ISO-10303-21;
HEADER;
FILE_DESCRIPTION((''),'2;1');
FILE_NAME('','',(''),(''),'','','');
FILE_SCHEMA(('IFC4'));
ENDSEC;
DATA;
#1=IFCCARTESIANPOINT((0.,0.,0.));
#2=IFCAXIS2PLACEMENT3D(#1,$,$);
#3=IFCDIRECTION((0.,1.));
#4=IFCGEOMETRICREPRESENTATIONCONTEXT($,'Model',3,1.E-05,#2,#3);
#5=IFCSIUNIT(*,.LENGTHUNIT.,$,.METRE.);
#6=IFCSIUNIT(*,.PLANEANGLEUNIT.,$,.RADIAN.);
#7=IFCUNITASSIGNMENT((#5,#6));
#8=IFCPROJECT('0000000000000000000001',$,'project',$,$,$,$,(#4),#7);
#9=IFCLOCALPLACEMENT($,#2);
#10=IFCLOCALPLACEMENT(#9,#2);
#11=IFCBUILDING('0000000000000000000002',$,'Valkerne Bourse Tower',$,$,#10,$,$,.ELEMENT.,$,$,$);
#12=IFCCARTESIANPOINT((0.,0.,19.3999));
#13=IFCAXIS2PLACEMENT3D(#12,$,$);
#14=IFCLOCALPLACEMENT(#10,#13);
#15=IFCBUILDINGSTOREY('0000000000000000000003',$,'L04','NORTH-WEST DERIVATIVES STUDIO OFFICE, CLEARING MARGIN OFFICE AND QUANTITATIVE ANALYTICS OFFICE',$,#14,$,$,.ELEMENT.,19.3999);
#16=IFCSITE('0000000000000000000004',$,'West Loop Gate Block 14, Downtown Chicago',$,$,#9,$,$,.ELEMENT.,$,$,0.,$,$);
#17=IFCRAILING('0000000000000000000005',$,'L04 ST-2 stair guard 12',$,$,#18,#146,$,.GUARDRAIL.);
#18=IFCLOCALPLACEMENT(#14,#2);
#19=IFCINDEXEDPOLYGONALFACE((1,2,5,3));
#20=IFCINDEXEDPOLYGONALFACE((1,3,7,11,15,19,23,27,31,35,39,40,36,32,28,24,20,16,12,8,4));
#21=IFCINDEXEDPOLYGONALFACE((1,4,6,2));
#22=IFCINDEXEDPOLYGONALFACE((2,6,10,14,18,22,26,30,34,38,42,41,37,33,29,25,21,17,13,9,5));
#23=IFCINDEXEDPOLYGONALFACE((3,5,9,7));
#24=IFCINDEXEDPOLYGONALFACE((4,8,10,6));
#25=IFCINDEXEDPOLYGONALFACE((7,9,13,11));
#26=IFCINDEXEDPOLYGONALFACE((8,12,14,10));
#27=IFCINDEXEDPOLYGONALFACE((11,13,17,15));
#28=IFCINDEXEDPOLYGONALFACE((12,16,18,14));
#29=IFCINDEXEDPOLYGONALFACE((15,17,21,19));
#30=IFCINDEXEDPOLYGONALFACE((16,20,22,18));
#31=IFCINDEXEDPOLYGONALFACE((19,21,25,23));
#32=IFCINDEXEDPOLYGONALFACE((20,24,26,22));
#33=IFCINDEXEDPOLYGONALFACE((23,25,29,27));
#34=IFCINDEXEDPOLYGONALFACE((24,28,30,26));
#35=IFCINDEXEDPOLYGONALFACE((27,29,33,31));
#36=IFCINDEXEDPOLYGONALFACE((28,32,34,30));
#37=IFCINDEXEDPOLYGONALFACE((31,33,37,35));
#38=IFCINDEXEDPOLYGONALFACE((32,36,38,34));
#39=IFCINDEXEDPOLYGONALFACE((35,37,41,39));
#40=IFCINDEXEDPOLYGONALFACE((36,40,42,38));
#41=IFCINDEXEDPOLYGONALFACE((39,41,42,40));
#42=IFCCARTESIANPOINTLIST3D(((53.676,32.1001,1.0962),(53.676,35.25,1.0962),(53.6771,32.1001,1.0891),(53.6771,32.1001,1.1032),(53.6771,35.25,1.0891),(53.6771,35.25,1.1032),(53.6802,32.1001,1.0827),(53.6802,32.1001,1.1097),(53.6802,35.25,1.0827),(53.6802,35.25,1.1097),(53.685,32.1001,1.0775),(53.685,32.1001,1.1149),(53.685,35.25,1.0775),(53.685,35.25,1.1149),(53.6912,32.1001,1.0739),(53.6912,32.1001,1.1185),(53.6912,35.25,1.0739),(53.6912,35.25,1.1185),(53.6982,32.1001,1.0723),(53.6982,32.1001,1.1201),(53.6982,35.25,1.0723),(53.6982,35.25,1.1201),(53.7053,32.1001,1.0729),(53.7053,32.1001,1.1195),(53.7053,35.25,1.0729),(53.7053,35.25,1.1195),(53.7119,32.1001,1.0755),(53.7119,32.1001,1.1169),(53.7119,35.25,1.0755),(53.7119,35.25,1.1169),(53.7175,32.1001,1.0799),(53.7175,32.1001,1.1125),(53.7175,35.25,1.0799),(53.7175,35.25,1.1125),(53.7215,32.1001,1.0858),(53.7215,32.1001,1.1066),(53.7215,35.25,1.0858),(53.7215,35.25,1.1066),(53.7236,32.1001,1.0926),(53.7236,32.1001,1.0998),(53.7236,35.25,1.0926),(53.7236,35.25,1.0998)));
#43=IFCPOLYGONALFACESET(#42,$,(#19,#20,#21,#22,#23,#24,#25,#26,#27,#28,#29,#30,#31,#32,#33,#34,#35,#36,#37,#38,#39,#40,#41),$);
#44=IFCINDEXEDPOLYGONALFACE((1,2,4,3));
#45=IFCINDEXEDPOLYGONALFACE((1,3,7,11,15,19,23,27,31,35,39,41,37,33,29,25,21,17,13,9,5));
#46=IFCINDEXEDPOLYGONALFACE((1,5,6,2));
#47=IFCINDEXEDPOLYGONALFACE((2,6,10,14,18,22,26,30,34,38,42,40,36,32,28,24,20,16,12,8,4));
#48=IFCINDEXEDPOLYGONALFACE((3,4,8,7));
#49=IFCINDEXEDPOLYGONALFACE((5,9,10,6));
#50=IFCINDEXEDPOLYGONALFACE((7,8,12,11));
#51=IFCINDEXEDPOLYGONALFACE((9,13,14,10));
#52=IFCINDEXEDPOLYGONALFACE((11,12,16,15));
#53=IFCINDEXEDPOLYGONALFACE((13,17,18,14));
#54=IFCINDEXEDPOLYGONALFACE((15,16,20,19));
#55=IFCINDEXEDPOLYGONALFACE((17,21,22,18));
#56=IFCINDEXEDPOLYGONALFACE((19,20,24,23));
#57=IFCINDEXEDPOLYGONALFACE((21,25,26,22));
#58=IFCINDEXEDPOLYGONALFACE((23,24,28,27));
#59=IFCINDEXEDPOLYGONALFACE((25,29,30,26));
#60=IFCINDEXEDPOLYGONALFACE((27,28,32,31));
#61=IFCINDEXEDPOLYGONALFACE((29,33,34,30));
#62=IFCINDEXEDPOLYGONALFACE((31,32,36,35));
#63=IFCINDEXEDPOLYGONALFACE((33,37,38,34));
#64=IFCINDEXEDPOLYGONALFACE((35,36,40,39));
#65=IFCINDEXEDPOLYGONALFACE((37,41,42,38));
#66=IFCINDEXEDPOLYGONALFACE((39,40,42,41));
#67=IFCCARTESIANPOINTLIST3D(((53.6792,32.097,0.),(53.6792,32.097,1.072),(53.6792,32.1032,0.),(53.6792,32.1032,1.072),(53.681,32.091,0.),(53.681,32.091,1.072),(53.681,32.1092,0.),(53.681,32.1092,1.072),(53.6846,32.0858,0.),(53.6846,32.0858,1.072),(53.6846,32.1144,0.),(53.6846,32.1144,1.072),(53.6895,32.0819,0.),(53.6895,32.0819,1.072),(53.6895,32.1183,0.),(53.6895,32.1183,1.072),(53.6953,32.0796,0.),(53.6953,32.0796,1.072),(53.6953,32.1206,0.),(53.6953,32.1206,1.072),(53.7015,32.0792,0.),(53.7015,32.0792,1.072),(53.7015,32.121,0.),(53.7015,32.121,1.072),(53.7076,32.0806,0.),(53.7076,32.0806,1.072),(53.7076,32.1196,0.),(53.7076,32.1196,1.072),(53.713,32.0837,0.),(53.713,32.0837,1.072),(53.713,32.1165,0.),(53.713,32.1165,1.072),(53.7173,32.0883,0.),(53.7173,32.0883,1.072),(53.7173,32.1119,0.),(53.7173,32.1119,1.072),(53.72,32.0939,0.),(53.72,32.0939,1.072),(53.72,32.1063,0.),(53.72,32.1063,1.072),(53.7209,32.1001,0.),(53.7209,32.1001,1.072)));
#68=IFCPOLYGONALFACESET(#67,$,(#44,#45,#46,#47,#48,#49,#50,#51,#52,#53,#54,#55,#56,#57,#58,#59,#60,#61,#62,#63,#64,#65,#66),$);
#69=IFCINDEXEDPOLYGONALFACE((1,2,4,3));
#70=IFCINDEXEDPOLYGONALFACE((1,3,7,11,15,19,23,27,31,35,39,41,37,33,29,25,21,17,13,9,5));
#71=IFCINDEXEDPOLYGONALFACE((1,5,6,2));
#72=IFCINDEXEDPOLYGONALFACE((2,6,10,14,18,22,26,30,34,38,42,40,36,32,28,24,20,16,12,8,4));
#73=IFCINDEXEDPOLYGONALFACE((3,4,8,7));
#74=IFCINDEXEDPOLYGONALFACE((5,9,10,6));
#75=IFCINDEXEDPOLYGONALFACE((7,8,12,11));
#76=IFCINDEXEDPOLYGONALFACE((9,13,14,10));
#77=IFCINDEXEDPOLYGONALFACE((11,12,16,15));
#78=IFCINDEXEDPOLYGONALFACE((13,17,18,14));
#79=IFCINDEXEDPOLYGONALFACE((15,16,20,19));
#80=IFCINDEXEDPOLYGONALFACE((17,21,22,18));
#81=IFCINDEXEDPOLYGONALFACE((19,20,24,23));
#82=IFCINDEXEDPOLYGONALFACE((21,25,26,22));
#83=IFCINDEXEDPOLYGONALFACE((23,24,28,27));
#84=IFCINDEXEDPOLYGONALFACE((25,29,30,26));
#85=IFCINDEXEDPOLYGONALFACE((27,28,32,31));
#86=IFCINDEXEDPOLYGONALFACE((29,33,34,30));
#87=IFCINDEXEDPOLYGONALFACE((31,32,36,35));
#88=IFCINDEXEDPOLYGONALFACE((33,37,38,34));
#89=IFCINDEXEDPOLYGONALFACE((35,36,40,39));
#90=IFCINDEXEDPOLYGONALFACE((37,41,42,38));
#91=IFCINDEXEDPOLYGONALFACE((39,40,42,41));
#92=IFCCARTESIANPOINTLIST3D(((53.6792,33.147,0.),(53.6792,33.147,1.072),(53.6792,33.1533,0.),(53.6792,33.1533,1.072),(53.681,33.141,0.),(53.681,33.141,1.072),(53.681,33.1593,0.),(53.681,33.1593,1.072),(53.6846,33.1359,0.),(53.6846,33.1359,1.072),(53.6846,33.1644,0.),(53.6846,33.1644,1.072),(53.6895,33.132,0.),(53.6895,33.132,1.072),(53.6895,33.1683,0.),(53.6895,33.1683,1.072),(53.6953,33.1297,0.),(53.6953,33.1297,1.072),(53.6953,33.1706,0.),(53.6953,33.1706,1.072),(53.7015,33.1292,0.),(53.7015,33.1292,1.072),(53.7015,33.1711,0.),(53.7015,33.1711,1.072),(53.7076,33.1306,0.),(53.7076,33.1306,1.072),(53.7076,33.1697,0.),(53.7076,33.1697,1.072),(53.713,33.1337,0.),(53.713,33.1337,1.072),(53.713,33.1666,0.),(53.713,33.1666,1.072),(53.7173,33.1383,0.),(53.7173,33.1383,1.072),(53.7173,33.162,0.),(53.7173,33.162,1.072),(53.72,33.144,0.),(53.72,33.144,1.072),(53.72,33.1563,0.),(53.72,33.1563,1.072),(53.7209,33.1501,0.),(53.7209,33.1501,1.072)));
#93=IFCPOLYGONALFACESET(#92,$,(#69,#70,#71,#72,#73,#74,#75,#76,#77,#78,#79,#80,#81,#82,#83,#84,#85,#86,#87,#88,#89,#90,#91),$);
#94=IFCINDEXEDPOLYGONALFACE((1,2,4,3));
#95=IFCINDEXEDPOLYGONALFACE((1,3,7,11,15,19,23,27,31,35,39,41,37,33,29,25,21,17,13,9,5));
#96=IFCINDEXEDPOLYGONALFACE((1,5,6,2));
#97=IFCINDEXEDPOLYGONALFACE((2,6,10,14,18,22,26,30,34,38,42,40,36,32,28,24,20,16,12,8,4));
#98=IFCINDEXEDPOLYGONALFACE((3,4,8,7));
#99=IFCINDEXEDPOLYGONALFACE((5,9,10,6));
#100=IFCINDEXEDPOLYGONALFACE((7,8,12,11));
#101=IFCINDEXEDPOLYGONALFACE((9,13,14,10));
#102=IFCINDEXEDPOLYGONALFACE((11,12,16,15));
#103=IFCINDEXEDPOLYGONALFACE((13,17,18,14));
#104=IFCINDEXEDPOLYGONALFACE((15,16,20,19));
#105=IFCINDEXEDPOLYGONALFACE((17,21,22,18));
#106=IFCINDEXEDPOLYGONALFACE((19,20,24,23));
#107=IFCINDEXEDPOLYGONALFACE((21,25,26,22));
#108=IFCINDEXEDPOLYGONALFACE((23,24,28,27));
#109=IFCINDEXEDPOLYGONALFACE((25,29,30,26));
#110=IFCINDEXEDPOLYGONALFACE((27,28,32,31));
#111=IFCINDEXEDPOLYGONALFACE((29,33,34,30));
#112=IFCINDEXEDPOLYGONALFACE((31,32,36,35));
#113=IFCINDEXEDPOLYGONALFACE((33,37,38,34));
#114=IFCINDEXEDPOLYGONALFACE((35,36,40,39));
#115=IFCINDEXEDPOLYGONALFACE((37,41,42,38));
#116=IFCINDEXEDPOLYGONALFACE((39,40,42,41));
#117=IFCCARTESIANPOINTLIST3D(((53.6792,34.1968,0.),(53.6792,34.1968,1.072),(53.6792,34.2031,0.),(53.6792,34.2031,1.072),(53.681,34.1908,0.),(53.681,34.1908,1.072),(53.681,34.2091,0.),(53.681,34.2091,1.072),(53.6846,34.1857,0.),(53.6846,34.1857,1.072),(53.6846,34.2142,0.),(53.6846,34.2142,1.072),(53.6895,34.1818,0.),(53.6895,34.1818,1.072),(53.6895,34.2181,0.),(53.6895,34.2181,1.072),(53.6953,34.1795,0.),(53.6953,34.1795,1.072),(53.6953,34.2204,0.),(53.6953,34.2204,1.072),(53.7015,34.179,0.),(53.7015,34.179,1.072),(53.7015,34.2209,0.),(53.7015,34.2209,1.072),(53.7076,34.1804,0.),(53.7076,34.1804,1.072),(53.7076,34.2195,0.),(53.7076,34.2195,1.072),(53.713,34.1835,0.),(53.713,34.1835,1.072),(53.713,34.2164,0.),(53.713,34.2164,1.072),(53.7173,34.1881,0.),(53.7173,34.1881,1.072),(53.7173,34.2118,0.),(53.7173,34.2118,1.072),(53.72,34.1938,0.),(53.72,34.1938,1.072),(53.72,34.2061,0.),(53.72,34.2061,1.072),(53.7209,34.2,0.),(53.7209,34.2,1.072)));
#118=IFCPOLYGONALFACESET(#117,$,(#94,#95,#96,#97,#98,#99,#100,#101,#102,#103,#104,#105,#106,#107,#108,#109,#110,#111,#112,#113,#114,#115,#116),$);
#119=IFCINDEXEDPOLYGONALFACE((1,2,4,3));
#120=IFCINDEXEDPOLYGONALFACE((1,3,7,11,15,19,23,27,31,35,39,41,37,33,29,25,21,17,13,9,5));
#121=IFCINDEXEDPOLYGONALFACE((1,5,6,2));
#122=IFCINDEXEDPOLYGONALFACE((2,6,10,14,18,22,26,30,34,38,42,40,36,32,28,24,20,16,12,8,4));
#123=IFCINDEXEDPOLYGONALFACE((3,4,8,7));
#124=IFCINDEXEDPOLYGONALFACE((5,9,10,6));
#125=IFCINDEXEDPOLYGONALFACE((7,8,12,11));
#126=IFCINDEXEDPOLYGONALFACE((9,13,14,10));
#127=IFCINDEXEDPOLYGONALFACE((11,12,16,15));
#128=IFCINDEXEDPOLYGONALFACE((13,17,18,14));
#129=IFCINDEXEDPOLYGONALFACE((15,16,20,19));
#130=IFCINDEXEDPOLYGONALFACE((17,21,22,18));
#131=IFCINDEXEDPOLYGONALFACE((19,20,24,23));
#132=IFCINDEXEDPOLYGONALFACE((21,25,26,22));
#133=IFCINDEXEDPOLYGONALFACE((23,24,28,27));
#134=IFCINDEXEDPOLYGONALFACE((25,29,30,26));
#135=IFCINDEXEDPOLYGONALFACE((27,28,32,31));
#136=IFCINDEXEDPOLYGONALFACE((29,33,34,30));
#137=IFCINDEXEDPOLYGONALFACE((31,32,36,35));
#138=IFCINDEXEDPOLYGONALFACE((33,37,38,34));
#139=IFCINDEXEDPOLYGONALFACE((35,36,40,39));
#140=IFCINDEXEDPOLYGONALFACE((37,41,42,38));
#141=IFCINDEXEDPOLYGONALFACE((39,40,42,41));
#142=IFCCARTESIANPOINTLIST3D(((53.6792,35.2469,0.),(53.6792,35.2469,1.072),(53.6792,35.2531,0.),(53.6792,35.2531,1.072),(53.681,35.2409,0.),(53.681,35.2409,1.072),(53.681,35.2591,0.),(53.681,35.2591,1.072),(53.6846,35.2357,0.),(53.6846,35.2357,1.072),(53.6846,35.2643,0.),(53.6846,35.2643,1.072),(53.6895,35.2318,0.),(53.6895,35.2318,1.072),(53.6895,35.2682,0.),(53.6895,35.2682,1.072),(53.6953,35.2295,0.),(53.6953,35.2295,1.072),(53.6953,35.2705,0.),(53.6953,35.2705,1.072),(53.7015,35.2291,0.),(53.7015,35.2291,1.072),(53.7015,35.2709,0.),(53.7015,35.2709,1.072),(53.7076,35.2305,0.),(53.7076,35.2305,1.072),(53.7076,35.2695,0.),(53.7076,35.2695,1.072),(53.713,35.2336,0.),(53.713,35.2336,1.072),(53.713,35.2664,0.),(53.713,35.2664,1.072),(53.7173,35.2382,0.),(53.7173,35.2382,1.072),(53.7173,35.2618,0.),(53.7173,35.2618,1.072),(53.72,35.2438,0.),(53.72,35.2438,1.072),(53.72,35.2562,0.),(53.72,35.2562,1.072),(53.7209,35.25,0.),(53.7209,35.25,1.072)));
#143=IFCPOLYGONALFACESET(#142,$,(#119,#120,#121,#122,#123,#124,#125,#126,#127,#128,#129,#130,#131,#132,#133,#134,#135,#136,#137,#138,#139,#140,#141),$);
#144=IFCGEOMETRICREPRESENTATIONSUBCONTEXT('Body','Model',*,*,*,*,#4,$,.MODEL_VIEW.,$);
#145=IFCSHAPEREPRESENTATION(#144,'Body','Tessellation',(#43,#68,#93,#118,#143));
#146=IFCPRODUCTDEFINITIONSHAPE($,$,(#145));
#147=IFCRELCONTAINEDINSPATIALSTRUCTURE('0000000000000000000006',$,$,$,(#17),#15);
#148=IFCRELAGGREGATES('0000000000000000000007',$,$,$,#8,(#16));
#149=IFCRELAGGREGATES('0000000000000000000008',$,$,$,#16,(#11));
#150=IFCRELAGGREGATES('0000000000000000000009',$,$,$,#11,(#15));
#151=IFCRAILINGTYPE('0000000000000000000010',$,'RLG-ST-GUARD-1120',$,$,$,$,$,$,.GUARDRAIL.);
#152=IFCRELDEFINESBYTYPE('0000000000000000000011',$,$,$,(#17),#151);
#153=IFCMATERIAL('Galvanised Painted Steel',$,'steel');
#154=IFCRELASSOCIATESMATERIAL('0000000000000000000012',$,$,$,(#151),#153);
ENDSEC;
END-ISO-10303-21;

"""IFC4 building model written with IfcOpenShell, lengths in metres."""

from ifc_helpers import new_model, si_unit, direction, frame, origin, origin_2d, place, context, subcontext, project, spatial, circle, extrude, material, type_object, element, save


model = new_model("IFC4")

# Units and contexts
model_context = context("Model", 3, precision=1e-05, world=origin(), true_north=direction((0.0, 1.0)))
body_context = subcontext(model_context, "Body", "Model", "MODEL_VIEW")
ifc_project = project(units=[si_unit("LENGTHUNIT", "METRE"), si_unit("PLANEANGLEUNIT", "RADIAN")], contexts=[model_context])

# Site, building, storey
site_placement = place(None, origin())
site = spatial("IfcSite", under=ifc_project, at=site_placement, Name="West Loop Gate Block 14, Downtown Chicago", CompositionType="ELEMENT", RefElevation=0.0)
building_placement = place(site_placement, origin())
building = spatial("IfcBuilding", under=site, at=building_placement, Name="Valkerne Bourse Tower", CompositionType="ELEMENT")
storey_placement = place(building_placement, frame((0.0, 0.0, 19.3999)))
storey = spatial("IfcBuildingStorey", under=building, at=storey_placement, Name="L04", Description="NORTH-WEST DERIVATIVES STUDIO OFFICE, CLEARING MARGIN OFFICE AND QUANTITATIVE ANALYTICS OFFICE", CompositionType="ELEMENT", Elevation=19.3999)

# Railing
ifc_material_1 = material(Name="Galvanised Painted Steel", Category="steel")
railing_type_1 = type_object("IfcRailingType", Name="RLG-ST-GUARD-1120", PredefinedType="GUARDRAIL", material=ifc_material_1)
railing_1_placement = place(storey_placement, frame((53.7, 32.1001, 0.0)))
element("IfcRailing", 1, at=railing_1_placement, inside=storey, type_object=railing_type_1, Name="L04 ST-2 stair guard 12", PredefinedType="GUARDRAIL", context=body_context, shape_type="SweptSolid", body=[
    extrude(circle(Radius=0.0239, at=origin_2d()), frame((0.0, 0.0, 1.0962), z_axis=(0.0, 1.0, 0.0), x_axis=(-1.0, 0.0, 0.0)), (0.0, 0.0, 1.0), 3.1499),
    extrude(circle(Radius=0.021, at=origin_2d()), origin(), (0.0, 0.0, 1.0), 1.072),
    extrude(circle(Radius=0.021, at=origin_2d()), frame((0.0, 1.05, 0.0)), (0.0, 0.0, 1.0), 1.072),
    extrude(circle(Radius=0.021, at=origin_2d()), frame((0.0, 2.0999, 0.0)), (0.0, 0.0, 1.0), 1.072),
    extrude(circle(Radius=0.021, at=origin_2d()), frame((0.0, 3.1499, 0.0)), (0.0, 0.0, 1.0), 1.072),
])

save(model, "model.ifc")
